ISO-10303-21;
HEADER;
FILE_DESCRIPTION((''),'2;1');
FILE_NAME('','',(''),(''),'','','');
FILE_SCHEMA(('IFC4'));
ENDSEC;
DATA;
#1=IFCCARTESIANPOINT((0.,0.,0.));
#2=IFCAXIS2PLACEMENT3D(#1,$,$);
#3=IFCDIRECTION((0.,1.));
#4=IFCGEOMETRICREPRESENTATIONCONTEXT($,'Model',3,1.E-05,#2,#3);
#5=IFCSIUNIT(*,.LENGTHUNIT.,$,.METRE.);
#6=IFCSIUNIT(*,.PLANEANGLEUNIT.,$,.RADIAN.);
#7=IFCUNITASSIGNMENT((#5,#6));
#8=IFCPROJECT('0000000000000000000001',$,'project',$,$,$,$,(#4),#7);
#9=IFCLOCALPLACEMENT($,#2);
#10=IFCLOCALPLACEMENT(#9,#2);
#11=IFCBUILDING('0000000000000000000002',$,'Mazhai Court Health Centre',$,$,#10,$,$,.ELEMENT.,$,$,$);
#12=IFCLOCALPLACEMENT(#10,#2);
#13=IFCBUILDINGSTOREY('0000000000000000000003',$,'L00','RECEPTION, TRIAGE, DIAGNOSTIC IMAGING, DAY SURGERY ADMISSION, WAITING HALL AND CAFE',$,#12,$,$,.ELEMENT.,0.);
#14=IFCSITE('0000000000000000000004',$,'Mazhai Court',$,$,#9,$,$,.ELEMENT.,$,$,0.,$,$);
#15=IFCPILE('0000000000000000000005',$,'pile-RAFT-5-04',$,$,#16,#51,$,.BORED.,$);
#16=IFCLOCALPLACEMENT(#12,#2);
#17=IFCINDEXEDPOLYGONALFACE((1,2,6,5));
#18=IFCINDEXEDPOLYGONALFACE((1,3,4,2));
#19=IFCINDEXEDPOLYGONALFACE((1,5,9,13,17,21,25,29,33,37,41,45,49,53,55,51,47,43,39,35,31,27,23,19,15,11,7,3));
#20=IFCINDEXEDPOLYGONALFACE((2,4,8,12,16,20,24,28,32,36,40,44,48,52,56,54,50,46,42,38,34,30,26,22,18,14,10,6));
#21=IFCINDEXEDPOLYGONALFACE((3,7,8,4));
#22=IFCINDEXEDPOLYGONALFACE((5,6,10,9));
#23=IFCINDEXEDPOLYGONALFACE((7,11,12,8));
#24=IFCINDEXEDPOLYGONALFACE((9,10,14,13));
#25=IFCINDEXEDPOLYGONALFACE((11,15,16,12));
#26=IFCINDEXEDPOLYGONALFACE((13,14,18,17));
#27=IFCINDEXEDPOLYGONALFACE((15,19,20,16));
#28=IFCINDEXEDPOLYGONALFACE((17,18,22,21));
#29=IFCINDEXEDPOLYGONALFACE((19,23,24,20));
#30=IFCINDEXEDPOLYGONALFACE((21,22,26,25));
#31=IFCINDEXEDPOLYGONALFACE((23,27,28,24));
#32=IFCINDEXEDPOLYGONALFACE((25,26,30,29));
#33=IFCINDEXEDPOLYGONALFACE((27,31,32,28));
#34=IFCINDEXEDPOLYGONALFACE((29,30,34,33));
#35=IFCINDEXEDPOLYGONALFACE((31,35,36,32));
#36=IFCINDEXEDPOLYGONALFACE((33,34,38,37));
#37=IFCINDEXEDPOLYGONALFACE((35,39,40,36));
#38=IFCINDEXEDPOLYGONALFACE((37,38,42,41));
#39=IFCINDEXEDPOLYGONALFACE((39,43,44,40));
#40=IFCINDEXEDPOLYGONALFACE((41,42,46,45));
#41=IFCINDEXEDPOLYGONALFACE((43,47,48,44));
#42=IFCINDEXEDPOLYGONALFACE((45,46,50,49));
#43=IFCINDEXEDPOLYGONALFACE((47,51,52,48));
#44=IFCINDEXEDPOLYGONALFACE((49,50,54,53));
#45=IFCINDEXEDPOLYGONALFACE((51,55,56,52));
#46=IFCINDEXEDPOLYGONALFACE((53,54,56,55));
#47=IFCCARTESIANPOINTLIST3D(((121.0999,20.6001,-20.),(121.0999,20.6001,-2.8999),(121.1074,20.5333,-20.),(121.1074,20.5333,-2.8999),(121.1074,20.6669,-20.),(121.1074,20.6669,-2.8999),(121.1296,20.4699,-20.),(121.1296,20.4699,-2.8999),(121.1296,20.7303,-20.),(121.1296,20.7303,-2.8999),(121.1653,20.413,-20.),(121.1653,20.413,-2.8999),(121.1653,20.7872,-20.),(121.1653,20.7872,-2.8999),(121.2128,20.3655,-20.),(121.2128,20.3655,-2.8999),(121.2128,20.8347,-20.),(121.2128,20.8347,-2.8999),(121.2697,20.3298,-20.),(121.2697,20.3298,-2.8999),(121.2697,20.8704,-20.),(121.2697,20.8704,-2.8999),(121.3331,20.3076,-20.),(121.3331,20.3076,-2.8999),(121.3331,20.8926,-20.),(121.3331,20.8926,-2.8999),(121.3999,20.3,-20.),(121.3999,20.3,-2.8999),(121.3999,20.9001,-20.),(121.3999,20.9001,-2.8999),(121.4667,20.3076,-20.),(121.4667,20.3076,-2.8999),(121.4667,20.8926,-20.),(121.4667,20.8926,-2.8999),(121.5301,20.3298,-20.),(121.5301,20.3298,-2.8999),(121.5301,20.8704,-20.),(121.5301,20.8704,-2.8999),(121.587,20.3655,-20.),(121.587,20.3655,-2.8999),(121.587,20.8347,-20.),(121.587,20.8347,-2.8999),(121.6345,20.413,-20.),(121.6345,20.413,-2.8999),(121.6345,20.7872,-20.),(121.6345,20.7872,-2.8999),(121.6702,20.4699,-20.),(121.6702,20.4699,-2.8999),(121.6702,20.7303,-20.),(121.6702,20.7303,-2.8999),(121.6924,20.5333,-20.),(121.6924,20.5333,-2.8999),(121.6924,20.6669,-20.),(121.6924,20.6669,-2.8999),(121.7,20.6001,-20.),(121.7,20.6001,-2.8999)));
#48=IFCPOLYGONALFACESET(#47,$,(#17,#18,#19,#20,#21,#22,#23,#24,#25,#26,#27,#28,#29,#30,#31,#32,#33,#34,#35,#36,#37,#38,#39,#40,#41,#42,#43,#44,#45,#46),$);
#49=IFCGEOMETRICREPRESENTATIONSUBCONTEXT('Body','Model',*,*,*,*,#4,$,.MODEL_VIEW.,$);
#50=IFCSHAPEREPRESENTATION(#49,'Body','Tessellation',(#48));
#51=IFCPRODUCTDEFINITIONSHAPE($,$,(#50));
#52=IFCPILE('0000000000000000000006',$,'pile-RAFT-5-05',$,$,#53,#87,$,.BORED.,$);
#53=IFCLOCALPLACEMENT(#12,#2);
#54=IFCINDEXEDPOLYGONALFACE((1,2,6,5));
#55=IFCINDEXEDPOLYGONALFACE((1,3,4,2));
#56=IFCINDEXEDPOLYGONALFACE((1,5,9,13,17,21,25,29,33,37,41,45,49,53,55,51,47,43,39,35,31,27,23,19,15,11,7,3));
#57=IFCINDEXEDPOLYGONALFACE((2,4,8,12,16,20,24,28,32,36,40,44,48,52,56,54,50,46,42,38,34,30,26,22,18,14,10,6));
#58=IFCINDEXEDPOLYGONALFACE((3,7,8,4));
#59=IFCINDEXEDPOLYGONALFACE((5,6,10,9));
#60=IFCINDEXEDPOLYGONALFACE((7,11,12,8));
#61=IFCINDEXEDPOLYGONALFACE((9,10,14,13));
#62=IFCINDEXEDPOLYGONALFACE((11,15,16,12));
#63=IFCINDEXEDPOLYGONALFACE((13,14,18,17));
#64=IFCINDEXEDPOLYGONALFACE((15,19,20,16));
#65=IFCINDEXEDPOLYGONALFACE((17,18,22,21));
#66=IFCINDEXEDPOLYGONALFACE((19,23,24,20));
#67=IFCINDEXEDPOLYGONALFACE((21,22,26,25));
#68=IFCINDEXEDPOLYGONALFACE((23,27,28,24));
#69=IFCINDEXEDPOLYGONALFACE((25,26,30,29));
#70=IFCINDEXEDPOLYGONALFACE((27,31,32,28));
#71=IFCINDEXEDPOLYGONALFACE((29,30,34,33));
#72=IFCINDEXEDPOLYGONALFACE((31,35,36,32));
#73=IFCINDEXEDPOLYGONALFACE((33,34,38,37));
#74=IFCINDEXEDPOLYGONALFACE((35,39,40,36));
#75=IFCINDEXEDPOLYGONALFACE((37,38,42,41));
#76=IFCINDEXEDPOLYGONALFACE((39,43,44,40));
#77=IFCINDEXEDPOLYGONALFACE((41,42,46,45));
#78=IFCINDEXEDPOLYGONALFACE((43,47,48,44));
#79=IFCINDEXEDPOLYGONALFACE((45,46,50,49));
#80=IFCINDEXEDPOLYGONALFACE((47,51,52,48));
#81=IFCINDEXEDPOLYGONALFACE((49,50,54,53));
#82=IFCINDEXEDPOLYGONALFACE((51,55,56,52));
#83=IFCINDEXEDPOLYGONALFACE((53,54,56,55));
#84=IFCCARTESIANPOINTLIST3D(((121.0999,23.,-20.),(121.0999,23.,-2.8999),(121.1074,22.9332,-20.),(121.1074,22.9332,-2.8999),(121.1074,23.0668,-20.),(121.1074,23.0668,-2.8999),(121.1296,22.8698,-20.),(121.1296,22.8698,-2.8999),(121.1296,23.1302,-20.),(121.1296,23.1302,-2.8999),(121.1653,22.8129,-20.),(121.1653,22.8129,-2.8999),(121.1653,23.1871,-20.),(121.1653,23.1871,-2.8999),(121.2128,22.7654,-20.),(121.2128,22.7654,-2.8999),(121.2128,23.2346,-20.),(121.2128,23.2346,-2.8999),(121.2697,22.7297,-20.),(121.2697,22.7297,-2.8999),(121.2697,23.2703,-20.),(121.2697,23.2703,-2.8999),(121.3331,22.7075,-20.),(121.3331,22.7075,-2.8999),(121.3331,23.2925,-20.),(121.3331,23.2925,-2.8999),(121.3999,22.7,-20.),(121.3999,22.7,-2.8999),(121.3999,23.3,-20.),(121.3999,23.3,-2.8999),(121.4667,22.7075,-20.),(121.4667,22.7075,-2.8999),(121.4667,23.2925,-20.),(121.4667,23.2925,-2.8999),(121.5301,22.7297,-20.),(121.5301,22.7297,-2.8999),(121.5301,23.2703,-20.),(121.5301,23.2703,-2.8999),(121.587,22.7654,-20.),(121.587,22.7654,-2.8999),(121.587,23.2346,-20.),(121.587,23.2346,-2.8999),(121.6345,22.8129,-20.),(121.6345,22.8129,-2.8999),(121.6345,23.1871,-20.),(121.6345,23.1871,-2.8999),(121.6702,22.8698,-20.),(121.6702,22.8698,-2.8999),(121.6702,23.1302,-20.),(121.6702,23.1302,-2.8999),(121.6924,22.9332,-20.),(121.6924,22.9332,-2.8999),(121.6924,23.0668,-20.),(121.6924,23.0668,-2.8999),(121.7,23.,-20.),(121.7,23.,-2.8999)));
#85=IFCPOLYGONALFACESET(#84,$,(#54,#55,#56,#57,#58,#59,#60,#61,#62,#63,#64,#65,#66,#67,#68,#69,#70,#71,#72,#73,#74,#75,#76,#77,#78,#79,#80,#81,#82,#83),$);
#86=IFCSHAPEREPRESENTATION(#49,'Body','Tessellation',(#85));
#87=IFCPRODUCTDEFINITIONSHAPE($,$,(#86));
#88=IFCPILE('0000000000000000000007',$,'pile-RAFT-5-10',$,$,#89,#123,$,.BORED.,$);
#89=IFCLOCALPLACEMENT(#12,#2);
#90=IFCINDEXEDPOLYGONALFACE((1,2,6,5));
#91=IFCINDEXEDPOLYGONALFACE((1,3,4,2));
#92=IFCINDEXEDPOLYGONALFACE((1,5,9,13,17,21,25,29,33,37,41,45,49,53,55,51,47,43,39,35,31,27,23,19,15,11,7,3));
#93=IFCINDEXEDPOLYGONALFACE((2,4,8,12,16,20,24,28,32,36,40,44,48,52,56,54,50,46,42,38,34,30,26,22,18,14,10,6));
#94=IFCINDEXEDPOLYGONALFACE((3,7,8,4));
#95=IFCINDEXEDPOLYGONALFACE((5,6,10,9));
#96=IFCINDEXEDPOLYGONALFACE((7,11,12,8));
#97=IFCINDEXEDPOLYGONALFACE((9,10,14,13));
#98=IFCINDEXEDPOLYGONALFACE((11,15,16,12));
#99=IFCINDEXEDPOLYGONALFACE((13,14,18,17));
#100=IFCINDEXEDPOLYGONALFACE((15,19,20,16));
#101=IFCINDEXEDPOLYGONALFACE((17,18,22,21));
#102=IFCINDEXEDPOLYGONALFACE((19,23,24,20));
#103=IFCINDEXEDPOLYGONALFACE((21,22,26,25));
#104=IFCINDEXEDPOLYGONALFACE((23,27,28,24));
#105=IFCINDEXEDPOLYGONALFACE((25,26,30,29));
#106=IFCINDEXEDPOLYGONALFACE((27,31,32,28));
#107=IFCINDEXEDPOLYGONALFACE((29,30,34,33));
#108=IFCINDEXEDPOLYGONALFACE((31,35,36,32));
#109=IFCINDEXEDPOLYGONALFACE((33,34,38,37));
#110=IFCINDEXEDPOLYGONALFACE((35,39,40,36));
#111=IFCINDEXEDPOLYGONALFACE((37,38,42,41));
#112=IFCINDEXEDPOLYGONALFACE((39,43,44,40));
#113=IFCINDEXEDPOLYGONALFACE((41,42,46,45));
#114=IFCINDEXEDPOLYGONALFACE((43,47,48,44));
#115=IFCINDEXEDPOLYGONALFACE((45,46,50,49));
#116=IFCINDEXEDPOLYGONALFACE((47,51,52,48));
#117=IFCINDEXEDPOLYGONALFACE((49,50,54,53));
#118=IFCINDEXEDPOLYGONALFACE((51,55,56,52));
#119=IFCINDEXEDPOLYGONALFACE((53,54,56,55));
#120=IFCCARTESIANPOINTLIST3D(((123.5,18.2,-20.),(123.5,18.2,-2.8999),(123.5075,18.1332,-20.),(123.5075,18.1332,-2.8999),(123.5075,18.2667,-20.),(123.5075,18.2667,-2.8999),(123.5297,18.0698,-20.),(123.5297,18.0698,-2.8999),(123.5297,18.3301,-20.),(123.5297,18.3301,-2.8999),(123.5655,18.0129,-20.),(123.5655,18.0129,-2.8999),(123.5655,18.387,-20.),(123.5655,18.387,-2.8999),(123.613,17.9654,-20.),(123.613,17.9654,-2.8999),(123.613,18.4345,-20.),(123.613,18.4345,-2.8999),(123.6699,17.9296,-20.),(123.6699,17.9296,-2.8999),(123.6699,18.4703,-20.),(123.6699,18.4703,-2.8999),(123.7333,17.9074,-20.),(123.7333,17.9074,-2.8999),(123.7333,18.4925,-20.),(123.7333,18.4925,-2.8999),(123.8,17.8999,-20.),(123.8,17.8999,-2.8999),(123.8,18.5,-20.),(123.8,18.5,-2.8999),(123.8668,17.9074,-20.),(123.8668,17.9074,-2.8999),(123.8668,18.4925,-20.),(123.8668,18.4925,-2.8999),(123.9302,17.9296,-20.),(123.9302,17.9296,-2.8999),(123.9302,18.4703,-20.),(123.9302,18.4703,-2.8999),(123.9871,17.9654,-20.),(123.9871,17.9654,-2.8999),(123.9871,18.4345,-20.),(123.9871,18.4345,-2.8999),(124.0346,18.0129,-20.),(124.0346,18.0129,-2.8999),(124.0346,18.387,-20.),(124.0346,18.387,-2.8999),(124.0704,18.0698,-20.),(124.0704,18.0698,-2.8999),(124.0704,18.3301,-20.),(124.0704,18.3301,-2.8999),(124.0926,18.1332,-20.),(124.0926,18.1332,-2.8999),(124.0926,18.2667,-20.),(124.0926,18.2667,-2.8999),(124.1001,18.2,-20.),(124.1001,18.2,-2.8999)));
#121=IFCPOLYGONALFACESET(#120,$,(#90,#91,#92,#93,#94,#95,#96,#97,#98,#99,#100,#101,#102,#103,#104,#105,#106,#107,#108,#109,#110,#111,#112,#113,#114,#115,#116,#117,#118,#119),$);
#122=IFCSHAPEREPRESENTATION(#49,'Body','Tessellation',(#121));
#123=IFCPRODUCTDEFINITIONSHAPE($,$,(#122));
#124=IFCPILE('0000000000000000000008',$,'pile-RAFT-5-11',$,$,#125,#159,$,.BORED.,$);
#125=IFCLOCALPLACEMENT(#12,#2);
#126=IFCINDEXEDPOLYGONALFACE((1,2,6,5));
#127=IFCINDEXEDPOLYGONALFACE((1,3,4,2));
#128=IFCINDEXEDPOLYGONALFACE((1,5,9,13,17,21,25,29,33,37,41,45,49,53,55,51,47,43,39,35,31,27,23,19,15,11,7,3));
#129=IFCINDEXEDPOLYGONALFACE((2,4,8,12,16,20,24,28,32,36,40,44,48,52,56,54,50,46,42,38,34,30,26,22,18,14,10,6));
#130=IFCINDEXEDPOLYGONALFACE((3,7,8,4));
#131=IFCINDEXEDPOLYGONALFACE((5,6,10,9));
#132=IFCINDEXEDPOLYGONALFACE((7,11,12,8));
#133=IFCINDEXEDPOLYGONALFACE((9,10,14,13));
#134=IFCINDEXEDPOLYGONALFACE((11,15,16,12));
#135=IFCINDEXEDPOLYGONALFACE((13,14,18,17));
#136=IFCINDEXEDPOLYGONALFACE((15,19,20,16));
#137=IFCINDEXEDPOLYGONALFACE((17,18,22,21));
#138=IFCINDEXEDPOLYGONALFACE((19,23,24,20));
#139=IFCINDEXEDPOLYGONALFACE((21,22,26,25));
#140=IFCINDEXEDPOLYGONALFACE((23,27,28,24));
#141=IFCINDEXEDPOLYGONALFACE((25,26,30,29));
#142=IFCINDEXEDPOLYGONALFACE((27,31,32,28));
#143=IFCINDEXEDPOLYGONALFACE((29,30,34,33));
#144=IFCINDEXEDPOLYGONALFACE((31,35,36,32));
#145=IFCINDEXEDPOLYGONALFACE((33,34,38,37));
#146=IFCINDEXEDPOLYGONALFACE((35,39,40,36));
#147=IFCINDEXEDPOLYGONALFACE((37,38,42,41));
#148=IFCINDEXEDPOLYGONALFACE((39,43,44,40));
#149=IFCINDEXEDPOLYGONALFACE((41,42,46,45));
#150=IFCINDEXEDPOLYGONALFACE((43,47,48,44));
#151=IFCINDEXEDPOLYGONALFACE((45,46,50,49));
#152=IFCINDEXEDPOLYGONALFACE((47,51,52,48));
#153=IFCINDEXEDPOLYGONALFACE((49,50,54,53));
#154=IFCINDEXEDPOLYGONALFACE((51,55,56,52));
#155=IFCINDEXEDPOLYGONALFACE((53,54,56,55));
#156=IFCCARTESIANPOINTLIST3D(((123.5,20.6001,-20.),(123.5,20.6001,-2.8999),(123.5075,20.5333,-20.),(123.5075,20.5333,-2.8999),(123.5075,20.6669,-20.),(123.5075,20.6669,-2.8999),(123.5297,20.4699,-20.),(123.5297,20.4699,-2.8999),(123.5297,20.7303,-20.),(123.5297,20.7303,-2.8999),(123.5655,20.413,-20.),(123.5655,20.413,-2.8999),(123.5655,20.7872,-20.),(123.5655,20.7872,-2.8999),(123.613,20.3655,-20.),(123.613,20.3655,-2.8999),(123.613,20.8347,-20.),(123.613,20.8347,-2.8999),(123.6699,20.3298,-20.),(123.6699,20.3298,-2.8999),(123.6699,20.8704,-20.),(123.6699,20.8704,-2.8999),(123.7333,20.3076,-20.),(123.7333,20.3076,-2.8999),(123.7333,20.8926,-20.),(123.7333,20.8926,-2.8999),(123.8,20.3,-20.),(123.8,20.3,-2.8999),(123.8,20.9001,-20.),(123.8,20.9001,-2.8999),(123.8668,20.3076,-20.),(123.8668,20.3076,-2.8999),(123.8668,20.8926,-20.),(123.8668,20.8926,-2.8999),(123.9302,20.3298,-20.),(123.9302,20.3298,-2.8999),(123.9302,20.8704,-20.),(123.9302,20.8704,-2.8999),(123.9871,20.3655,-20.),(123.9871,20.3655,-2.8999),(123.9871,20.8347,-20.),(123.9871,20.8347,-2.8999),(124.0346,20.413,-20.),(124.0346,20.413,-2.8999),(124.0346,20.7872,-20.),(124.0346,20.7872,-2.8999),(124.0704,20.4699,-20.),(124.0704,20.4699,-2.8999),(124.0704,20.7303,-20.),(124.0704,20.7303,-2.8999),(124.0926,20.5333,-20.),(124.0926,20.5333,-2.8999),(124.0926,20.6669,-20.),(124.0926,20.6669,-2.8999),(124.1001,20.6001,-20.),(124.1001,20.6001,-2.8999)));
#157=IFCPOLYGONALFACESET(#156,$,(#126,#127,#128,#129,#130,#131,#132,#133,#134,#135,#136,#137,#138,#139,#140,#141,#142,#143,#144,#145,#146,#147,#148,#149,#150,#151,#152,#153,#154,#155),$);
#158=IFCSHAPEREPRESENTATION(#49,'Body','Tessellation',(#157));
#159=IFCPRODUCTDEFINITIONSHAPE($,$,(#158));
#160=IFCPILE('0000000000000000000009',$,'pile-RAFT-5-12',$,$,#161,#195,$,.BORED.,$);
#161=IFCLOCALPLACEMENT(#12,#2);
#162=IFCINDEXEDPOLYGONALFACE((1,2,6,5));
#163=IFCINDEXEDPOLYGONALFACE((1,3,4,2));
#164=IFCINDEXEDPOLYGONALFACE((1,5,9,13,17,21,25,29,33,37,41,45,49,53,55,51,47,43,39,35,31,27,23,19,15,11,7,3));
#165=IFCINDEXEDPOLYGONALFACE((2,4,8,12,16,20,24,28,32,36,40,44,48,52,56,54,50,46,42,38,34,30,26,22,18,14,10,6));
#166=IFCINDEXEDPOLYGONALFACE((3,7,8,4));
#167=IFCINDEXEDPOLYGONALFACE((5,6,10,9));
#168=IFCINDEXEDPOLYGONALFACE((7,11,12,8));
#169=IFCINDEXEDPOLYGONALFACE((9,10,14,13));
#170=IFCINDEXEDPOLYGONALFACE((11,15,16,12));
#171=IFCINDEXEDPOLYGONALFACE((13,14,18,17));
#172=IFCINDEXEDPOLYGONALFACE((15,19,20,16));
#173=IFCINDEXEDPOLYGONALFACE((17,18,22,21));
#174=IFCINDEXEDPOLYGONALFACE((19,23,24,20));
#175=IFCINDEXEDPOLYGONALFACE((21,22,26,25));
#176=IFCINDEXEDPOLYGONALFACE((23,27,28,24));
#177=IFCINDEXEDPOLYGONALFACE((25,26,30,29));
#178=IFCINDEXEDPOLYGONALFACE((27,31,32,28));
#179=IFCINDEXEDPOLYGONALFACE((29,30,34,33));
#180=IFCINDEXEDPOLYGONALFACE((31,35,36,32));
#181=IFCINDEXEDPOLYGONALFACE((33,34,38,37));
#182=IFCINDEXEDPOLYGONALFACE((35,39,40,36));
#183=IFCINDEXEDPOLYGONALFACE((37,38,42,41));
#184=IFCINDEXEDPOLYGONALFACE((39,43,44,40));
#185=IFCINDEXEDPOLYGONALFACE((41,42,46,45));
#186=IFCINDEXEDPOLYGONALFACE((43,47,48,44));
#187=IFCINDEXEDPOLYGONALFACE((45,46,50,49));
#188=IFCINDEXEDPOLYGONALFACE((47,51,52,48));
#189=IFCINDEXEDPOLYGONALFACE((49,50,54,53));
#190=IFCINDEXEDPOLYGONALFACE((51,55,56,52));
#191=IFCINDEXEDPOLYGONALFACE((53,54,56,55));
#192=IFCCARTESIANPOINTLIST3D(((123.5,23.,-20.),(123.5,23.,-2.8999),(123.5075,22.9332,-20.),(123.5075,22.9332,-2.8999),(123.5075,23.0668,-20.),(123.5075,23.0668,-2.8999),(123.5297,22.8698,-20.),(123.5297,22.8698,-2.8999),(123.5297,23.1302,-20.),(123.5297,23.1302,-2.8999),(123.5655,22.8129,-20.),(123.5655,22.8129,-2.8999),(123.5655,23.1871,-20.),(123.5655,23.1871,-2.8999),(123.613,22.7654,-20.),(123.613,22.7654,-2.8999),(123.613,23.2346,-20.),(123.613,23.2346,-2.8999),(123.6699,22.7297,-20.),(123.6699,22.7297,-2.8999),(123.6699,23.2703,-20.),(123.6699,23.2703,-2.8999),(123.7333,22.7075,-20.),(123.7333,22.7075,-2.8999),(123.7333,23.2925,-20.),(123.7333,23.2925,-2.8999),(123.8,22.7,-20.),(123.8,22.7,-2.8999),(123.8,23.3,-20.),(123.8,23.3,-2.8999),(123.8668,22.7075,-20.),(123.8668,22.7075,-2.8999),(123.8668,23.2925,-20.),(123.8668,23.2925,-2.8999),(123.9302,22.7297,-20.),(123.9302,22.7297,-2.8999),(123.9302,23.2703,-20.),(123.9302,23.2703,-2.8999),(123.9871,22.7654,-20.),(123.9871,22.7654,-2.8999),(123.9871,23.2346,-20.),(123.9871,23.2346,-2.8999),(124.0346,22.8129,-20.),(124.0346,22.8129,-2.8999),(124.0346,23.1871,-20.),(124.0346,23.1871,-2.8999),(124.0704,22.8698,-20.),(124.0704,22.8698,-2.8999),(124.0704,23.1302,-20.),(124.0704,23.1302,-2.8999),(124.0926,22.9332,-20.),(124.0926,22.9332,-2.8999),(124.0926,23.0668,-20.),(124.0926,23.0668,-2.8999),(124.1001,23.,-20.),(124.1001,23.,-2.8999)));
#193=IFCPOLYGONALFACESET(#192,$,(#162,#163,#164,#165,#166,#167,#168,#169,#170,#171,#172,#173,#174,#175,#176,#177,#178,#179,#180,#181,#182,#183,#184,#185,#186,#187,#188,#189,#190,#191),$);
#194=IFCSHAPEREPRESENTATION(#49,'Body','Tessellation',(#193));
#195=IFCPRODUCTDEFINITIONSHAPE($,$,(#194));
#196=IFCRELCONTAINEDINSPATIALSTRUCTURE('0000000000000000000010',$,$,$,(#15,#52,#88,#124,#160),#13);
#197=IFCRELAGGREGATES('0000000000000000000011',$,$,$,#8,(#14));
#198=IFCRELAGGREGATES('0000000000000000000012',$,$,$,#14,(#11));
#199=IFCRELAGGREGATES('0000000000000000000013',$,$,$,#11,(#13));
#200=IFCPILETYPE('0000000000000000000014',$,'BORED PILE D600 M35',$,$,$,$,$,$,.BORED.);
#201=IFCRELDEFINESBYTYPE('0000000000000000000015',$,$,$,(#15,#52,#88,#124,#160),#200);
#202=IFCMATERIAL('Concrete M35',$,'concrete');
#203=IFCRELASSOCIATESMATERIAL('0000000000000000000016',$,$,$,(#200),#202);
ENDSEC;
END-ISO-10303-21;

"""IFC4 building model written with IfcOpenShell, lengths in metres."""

from ifc_helpers import new_model, si_unit, direction, frame, origin, origin_2d, place, context, subcontext, project, spatial, circle, extrude, material, material_profile, profile_set, type_object, element, save


model = new_model("IFC4")

# Units and contexts
model_context = context("Model", 3, precision=1e-05, world=origin(), true_north=direction((0.0, 1.0)))
body_context = subcontext(model_context, "Body", "Model", "MODEL_VIEW")
ifc_project = project(units=[si_unit("LENGTHUNIT", "METRE"), si_unit("PLANEANGLEUNIT", "RADIAN")], contexts=[model_context])

# Site, building, storey
site_placement = place(None, origin())
site = spatial("IfcSite", under=ifc_project, at=site_placement, Name="Mazhai Court", CompositionType="ELEMENT", RefElevation=0.0)
building_placement = place(site_placement, origin())
building = spatial("IfcBuilding", under=site, at=building_placement, Name="Mazhai Court Health Centre", CompositionType="ELEMENT")
storey_placement = place(building_placement, origin())
storey = spatial("IfcBuildingStorey", under=building, at=storey_placement, Name="L00", Description="RECEPTION, TRIAGE, DIAGNOSTIC IMAGING, DAY SURGERY ADMISSION, WAITING HALL AND CAFE", CompositionType="ELEMENT", Elevation=0.0)

# Piles
ifc_material_1 = material(Name="Concrete M35", Category="concrete")
ifc_material_profile_1 = material_profile(ifc_material_1, circle(Radius=0.3, at=origin_2d()), Name="RC PILE D600")
ifc_profile_set_1 = profile_set([ifc_material_profile_1], Name="Concrete M35")
pile_type = type_object("IfcPileType", Name="BORED PILE D600 M35", PredefinedType="BORED", material=ifc_profile_set_1)
for number, where, z_axis, x_axis, name in (
    (1, (121.3999, 20.6001, -2.8999), (0.0, 0.0, -1.0), (1.0, 0.0, 0.0), "pile-RAFT-5-04"),
    (2, (121.3999, 23.0, -2.8999), (0.0, 0.0, -1.0), (1.0, 0.0, 0.0), "pile-RAFT-5-05"),
    (3, (123.8, 18.2, -2.8999), (0.0, 0.0, -1.0), (1.0, 0.0, 0.0), "pile-RAFT-5-10"),
    (4, (123.8, 20.6001, -2.8999), (0.0, 0.0, -1.0), (1.0, 0.0, 0.0), "pile-RAFT-5-11"),
    (5, (123.8, 23.0, -2.8999), (0.0, 0.0, -1.0), (1.0, 0.0, 0.0), "pile-RAFT-5-12"),
):
    element("IfcPile", number, at=place(storey_placement, frame(where, z_axis=z_axis, x_axis=x_axis)), inside=storey, type_object=pile_type, Name=name, PredefinedType="BORED", context=body_context, shape_type="SweptSolid", body=[
        extrude(circle(Radius=0.3, at=origin_2d()), origin(), (0.0, 0.0, 1.0), 17.1001),
    ])

save(model, "model.ifc")
